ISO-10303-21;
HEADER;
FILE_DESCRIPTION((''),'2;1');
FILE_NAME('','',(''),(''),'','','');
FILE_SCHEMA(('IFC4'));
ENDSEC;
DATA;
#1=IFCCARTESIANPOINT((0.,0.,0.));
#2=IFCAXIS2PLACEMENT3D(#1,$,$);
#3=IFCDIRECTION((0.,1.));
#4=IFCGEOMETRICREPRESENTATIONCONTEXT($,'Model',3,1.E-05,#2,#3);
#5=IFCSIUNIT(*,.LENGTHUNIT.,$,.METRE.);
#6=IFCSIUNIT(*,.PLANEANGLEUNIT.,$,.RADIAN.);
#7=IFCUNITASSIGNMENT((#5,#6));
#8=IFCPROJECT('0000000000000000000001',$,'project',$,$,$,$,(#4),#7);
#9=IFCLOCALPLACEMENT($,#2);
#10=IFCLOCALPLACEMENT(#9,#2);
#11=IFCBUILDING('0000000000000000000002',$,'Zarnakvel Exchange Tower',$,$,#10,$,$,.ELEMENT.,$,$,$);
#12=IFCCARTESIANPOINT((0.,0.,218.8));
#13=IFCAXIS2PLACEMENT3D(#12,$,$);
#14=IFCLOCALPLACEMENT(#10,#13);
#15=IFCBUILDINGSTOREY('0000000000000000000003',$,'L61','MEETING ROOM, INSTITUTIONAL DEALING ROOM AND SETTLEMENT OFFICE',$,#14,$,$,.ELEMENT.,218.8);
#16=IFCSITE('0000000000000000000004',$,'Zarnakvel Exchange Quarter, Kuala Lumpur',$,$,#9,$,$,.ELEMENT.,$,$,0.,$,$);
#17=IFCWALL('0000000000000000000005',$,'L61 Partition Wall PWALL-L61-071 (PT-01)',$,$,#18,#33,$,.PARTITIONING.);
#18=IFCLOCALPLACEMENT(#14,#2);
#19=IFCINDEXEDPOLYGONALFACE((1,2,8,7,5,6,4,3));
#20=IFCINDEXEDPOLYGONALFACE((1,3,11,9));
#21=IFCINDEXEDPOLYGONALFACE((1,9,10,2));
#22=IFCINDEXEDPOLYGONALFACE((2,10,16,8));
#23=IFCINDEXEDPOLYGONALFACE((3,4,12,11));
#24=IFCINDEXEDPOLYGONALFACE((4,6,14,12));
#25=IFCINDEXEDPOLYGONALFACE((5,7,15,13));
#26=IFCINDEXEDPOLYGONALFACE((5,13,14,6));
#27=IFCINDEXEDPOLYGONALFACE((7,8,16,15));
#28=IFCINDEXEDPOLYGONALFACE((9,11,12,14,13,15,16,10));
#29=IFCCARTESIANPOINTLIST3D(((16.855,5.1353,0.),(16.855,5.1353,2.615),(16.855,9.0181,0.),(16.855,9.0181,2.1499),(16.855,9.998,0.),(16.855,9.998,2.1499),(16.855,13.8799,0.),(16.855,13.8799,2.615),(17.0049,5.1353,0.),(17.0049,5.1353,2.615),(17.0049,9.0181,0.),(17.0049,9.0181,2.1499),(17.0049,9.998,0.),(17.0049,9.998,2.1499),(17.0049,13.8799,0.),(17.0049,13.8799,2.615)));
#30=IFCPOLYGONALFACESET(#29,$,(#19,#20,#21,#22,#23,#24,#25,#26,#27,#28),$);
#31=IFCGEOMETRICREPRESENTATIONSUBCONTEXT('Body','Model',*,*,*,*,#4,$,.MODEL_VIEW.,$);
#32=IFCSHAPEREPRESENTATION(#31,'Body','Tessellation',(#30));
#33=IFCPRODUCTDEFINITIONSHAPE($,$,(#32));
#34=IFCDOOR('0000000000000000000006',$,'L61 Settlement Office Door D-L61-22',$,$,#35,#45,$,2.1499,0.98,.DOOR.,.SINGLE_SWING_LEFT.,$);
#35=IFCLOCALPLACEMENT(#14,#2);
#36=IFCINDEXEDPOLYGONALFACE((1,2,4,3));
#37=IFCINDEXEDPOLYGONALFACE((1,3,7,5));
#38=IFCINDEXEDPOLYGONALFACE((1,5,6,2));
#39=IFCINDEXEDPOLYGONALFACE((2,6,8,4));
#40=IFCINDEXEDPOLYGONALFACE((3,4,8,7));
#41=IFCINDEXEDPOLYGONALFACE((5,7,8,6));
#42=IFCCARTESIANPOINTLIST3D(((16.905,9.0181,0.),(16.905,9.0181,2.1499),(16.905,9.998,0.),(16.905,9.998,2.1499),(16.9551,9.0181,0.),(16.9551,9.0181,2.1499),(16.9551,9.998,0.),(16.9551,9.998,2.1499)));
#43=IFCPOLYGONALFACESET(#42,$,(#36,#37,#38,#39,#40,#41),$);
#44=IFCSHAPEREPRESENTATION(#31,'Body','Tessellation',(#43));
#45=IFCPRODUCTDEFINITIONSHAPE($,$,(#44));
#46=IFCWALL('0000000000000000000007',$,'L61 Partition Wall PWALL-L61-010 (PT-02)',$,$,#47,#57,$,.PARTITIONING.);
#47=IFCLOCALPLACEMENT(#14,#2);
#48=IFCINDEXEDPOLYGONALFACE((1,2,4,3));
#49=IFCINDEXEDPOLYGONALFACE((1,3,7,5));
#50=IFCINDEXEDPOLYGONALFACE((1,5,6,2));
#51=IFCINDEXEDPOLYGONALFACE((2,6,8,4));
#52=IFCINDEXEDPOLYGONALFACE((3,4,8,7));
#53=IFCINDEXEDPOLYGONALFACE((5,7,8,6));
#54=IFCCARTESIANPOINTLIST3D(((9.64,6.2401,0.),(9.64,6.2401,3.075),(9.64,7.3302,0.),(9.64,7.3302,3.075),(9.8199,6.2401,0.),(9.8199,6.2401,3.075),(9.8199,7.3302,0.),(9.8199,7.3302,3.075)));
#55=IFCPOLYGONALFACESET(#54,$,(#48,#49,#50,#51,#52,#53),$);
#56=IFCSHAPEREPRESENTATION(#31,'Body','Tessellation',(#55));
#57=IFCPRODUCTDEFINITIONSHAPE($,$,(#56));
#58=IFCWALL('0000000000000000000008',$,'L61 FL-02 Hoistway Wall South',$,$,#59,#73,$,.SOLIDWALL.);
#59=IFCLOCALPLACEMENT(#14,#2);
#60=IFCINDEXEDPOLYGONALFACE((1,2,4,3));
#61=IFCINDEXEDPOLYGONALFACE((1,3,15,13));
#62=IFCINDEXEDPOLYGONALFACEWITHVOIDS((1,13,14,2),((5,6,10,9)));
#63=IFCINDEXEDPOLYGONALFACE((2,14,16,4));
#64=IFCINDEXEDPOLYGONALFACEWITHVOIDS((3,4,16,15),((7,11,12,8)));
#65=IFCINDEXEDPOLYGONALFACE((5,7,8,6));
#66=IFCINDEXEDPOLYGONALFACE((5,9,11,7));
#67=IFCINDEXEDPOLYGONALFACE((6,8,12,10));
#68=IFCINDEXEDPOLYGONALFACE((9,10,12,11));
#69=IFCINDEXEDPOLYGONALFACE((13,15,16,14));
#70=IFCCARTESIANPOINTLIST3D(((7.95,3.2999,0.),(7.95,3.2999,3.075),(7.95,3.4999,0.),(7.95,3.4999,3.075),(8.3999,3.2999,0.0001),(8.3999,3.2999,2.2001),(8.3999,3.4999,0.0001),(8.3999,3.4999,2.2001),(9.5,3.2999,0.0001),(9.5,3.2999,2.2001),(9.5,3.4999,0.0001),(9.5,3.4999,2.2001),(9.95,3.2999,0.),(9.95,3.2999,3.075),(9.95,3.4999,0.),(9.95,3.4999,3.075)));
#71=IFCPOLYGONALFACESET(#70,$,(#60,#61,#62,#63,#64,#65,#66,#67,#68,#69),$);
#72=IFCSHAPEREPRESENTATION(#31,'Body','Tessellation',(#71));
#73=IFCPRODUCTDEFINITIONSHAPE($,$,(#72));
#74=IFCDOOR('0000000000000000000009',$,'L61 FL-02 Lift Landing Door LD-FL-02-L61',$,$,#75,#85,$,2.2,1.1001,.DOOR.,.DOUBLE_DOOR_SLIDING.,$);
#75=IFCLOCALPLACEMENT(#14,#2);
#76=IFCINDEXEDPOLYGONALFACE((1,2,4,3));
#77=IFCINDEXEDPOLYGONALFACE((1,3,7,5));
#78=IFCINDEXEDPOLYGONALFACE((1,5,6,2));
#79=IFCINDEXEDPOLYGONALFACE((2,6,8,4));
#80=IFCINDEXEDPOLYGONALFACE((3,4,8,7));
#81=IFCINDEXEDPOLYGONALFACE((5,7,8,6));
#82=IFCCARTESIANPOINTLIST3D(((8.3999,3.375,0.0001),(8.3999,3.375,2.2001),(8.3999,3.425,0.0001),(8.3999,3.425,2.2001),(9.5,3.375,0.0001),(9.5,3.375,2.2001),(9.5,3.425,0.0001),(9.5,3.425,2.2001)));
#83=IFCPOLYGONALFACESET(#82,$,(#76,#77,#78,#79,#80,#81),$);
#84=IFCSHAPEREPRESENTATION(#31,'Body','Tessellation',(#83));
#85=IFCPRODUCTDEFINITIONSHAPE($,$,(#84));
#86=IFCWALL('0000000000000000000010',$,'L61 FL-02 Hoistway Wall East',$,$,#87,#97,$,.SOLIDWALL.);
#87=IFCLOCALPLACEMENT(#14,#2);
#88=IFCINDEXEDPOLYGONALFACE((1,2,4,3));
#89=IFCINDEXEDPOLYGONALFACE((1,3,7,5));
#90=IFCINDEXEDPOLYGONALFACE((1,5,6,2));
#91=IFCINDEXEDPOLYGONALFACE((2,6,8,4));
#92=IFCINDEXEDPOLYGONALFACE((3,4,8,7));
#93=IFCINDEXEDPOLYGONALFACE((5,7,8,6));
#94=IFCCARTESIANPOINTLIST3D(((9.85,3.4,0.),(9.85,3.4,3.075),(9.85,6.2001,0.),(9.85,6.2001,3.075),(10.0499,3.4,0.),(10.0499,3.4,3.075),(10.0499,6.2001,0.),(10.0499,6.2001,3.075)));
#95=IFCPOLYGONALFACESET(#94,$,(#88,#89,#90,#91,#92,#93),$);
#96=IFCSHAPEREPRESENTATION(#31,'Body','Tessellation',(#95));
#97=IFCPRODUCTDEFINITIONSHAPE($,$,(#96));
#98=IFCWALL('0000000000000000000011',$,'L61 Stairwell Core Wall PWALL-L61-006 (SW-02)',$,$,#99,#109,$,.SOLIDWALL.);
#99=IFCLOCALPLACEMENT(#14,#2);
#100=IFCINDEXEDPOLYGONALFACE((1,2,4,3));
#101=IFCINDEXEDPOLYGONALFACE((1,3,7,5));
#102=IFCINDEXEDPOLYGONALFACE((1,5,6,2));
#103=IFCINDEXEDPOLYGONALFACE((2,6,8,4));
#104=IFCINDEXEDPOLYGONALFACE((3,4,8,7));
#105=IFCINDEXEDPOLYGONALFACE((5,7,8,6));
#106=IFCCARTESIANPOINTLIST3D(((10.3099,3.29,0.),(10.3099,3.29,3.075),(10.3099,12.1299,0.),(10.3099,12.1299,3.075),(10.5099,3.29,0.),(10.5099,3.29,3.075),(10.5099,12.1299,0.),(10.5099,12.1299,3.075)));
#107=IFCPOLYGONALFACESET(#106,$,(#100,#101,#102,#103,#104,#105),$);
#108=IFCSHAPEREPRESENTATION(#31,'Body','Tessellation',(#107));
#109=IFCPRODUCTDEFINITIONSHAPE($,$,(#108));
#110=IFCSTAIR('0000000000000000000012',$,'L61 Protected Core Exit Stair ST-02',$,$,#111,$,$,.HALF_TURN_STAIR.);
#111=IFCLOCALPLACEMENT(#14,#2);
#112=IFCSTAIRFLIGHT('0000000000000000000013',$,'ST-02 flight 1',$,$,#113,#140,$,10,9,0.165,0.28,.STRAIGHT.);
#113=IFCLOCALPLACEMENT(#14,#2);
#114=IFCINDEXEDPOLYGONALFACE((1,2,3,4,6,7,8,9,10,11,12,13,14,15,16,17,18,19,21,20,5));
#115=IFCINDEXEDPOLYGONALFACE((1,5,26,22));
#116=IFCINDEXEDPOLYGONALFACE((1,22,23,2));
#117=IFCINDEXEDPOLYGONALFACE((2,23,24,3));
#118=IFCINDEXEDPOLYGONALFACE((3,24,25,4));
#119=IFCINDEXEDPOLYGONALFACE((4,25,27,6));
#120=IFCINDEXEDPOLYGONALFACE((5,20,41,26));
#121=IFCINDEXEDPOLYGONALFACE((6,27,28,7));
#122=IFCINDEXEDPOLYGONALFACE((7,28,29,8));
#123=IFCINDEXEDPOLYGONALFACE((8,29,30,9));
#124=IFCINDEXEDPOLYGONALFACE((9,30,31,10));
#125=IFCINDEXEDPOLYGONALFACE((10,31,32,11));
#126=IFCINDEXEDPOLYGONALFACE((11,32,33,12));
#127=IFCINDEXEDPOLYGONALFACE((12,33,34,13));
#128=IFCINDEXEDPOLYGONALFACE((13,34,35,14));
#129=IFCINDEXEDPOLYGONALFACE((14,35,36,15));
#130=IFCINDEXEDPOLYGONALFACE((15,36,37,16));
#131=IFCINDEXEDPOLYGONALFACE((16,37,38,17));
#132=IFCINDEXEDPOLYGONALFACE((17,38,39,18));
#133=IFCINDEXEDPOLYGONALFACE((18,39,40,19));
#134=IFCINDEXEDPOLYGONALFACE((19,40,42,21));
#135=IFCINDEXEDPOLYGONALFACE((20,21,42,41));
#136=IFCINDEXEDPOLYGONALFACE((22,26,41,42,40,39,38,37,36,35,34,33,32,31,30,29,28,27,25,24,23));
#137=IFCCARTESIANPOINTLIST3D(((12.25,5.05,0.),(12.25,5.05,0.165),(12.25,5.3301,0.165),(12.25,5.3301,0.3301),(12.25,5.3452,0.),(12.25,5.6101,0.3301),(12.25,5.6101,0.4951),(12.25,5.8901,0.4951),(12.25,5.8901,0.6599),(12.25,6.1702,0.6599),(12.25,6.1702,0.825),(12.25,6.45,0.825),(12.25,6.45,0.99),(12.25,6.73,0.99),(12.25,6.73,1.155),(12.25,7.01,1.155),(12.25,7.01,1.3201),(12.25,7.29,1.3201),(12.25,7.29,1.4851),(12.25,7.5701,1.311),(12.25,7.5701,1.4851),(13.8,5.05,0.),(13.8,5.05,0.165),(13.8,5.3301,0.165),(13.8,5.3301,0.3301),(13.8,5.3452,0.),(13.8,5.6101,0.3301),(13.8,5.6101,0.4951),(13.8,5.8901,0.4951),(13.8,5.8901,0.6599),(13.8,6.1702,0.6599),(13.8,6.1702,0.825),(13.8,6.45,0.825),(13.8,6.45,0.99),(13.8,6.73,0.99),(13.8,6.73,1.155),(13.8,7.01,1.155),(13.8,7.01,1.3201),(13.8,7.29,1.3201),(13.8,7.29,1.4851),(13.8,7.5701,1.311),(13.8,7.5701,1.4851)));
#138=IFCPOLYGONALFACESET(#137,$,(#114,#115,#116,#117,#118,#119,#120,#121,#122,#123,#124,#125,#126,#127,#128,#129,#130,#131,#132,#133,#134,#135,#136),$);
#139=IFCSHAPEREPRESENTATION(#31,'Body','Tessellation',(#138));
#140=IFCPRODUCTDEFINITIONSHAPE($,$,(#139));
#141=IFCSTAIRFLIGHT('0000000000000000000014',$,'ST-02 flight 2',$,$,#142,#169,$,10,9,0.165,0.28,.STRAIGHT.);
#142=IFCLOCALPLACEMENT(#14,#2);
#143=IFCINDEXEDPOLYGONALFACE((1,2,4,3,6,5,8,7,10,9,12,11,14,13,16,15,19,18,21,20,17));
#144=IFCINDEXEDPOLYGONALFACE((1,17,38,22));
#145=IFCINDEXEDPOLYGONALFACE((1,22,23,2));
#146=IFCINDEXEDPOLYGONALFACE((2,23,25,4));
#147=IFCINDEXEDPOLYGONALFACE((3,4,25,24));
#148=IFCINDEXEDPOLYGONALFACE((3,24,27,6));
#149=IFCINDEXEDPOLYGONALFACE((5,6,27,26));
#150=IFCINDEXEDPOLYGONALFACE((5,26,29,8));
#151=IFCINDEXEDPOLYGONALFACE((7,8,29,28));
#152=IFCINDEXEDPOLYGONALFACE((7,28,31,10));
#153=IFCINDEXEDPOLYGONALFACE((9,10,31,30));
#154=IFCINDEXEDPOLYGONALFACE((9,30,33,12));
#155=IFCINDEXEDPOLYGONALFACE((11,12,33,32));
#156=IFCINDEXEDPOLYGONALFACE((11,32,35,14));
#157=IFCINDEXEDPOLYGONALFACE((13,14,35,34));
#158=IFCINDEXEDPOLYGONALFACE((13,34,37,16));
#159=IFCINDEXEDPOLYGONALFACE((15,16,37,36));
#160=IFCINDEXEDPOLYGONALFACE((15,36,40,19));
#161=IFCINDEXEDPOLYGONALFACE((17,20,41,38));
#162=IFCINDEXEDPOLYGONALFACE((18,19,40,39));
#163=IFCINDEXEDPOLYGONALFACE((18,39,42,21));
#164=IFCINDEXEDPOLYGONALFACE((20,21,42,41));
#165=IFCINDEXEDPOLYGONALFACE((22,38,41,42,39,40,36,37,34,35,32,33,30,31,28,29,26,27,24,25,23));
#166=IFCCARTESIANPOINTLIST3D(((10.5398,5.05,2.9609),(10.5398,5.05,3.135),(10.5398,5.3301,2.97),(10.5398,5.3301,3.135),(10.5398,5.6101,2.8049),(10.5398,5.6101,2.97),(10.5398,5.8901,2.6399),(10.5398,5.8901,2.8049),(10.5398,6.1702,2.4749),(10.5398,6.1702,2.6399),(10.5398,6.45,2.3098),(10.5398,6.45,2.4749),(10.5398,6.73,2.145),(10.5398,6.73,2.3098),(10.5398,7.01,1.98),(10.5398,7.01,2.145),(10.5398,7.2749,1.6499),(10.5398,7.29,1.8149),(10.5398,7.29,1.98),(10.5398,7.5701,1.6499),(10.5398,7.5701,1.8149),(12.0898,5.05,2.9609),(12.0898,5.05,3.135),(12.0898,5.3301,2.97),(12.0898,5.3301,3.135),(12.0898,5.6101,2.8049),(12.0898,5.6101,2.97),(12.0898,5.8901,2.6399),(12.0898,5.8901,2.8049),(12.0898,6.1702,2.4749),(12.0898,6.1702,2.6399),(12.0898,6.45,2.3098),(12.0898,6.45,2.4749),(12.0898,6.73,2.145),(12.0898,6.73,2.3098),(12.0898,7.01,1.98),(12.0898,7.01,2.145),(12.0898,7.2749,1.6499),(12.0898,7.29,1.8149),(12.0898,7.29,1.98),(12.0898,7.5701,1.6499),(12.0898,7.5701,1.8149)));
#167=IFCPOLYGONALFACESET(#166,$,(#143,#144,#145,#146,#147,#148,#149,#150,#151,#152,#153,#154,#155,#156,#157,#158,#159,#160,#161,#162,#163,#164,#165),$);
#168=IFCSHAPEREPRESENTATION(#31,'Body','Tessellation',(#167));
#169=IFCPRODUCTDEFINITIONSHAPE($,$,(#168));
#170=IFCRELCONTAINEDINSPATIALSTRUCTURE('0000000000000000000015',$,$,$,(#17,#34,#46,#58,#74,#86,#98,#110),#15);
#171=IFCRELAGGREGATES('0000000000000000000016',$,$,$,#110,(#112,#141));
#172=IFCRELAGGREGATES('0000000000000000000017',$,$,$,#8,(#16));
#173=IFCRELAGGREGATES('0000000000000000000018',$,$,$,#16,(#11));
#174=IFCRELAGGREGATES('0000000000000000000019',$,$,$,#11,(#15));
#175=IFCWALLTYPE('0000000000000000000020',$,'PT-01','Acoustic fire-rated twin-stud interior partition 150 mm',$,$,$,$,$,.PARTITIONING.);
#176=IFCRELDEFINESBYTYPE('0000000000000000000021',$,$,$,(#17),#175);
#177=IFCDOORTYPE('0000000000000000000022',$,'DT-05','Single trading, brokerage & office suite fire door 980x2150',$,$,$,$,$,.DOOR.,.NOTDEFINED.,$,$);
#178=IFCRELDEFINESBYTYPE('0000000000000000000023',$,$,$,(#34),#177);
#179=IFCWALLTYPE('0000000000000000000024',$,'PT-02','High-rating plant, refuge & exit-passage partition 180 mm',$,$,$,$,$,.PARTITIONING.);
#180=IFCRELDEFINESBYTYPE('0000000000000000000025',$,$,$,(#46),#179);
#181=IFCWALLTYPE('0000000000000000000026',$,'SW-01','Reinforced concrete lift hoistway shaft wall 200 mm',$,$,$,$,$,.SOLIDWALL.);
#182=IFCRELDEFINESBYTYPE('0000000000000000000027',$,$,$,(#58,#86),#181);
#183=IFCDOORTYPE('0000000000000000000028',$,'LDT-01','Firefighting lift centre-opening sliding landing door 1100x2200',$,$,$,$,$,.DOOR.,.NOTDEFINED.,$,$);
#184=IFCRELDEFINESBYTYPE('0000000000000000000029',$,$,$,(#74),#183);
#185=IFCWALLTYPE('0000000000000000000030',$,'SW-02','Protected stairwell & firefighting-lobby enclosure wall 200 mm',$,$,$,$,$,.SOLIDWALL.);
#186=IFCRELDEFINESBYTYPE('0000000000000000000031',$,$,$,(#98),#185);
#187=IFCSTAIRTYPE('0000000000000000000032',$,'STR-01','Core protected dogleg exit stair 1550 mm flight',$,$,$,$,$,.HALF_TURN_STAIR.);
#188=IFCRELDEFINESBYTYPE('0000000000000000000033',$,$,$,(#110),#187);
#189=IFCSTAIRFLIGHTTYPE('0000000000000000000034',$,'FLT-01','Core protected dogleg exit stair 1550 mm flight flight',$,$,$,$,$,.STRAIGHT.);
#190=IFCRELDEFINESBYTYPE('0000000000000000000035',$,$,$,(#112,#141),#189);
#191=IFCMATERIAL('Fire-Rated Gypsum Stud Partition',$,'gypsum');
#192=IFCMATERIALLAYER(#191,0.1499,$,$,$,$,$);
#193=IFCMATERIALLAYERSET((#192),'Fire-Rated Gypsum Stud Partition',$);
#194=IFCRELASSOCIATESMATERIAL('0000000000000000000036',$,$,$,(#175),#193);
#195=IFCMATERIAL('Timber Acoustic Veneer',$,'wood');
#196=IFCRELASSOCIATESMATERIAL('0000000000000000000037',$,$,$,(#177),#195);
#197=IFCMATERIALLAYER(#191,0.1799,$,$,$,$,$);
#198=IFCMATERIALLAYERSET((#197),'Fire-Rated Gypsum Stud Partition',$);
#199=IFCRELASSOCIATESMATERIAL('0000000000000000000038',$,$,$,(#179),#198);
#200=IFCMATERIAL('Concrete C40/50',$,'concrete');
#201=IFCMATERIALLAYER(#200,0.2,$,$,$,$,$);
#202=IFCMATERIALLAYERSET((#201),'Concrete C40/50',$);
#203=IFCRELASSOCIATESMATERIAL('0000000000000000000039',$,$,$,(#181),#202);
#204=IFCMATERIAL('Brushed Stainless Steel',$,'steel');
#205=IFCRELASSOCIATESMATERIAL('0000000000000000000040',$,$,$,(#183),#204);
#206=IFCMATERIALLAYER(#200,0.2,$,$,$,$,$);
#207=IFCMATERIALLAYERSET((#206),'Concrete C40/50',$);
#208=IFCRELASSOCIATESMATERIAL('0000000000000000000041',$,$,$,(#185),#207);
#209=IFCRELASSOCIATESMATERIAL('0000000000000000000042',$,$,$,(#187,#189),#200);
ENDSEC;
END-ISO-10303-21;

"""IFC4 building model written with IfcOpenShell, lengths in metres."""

from ifc_helpers import new_model, si_unit, direction, frame, frame_2d, origin, place, context, subcontext, project, spatial, polyline, rectangle, outline, extrude, source, transform, mapped, material, layer, layer_set, type_object, element, fill, aggregate, save


model = new_model("IFC4")

# Units and contexts
model_context = context("Model", 3, precision=1e-05, world=origin(), true_north=direction((0.0, 1.0)))
body_context = subcontext(model_context, "Body", "Model", "MODEL_VIEW")
ifc_project = project(units=[si_unit("LENGTHUNIT", "METRE"), si_unit("PLANEANGLEUNIT", "RADIAN")], contexts=[model_context])

# Site, building, storey
site_placement = place(None, origin())
site = spatial("IfcSite", under=ifc_project, at=site_placement, Name="Zarnakvel Exchange Quarter, Kuala Lumpur", CompositionType="ELEMENT", RefElevation=0.0)
building_placement = place(site_placement, origin())
building = spatial("IfcBuilding", under=site, at=building_placement, Name="Zarnakvel Exchange Tower", CompositionType="ELEMENT")
storey_placement = place(building_placement, frame((0.0, 0.0, 218.8)))
storey = spatial("IfcBuildingStorey", under=building, at=storey_placement, Name="L61", Description="MEETING ROOM, INSTITUTIONAL DEALING ROOM AND SETTLEMENT OFFICE", CompositionType="ELEMENT", Elevation=218.8)

# Shared definitions
ifc_material_1 = material(Name="Fire-Rated Gypsum Stud Partition", Category="gypsum")
ifc_layer_1 = layer(ifc_material_1, 0.1499)
ifc_layer_set_1 = layer_set([ifc_layer_1], Name="Fire-Rated Gypsum Stud Partition")
wall_type_1 = type_object("IfcWallType", Name="PT-01", Description="Acoustic fire-rated twin-stud interior partition 150 mm", PredefinedType="PARTITIONING", material=ifc_layer_set_1)

# Wall, opening, door
wall_1_placement = place(storey_placement, frame((16.9299, 5.1353, 0.0), z_axis=(0.0, 0.0, 1.0), x_axis=(0.0, 1.0, 0.0)))
wall_1 = element("IfcWall", 1, at=wall_1_placement, inside=storey, type_object=wall_type_1, Name="L61 Partition Wall PWALL-L61-071 (PT-01)", PredefinedType="PARTITIONING", context=body_context, shape_type="SweptSolid", body=[
    extrude(rectangle(XDim=8.7446, YDim=0.1499, at=frame_2d((4.3723, 0.0))), origin(), (0.0, 0.0, 1.0), 2.615),
])
opening_1_placement = place(wall_1_placement, frame((3.8828, 0.0, 0.0)))
opening_1 = element("IfcOpeningElement", 2, at=opening_1_placement, cuts=wall_1, PredefinedType="OPENING", context=body_context, shape_type="SweptSolid", body=[
    extrude(rectangle(XDim=0.98, YDim=2.1499, at=frame_2d((0.49, 1.075))), frame((0.0, 0.085, 0.0), z_axis=(0.0, -1.0, 0.0), x_axis=(1.0, 0.0, 0.0)), (0.0, 0.0, 1.0), 0.1699),
])
ifc_material_2 = material(Name="Timber Acoustic Veneer", Category="wood")
door_type_1 = type_object("IfcDoorType", Name="DT-05", Description="Single trading, brokerage & office suite fire door 980x2150", OperationType="NOTDEFINED", PredefinedType="DOOR", material=ifc_material_2)
shared_shape_1 = source(origin(), body_context, "Body", "SweptSolid", [
    extrude(rectangle(XDim=0.98, YDim=2.1499, at=frame_2d((0.49, 1.075))), frame((0.0, 0.0249, 0.0), z_axis=(0.0, -1.0, 0.0), x_axis=(1.0, 0.0, 0.0)), (0.0, 0.0, 1.0), 0.05),
])
door_1_placement = place(opening_1_placement, origin())
door_1 = element("IfcDoor", 3, at=door_1_placement, inside=storey, type_object=door_type_1, Name="L61 Settlement Office Door D-L61-22", OperationType="SINGLE_SWING_LEFT", OverallHeight=2.1499, OverallWidth=0.98, PredefinedType="DOOR", context=body_context, shape_type="MappedRepresentation", body=[
    mapped(shared_shape_1, transform((0.0, 0.0, 0.0), x_axis=(1.0, 0.0, 0.0), y_axis=(0.0, 1.0, 0.0), z_axis=(0.0, 0.0, 1.0), scale=1.0)),
])
fill(opening_1, door_1)

# Wall
ifc_layer_2 = layer(ifc_material_1, 0.1799)
ifc_layer_set_2 = layer_set([ifc_layer_2], Name="Fire-Rated Gypsum Stud Partition")
wall_type_2 = type_object("IfcWallType", Name="PT-02", Description="High-rating plant, refuge & exit-passage partition 180 mm", PredefinedType="PARTITIONING", material=ifc_layer_set_2)
wall_2_placement = place(storey_placement, frame((9.73, 7.3301, 0.0), z_axis=(0.0, 0.0, 1.0), x_axis=(0.0, -1.0, 0.0)))
element("IfcWall", 4, at=wall_2_placement, inside=storey, type_object=wall_type_2, Name="L61 Partition Wall PWALL-L61-010 (PT-02)", PredefinedType="PARTITIONING", context=body_context, shape_type="SweptSolid", body=[
    extrude(rectangle(XDim=1.0901, YDim=0.1799, at=frame_2d((0.5449, 0.0))), origin(), (0.0, 0.0, 1.0), 3.075),
])

# Wall, opening, door
ifc_material_3 = material(Name="Concrete C40/50", Category="concrete")
ifc_layer_3 = layer(ifc_material_3, 0.2)
ifc_layer_set_3 = layer_set([ifc_layer_3], Name="Concrete C40/50")
wall_type_3 = type_object("IfcWallType", Name="SW-01", Description="Reinforced concrete lift hoistway shaft wall 200 mm", PredefinedType="SOLIDWALL", material=ifc_layer_set_3)
wall_3_placement = place(storey_placement, frame((9.95, 3.3999, 0.0), z_axis=(0.0, 0.0, 1.0), x_axis=(-1.0, 0.0, 0.0)))
wall_3 = element("IfcWall", 5, at=wall_3_placement, inside=storey, type_object=wall_type_3, Name="L61 FL-02 Hoistway Wall South", PredefinedType="SOLIDWALL", context=body_context, shape_type="SweptSolid", body=[
    extrude(rectangle(XDim=2.0, YDim=0.2, at=frame_2d((1.0, 0.0))), origin(), (0.0, 0.0, 1.0), 3.075),
])
opening_2_placement = place(wall_3_placement, frame((0.45, 0.0, 0.0)))
opening_2 = element("IfcOpeningElement", 6, at=opening_2_placement, cuts=wall_3, PredefinedType="OPENING", context=body_context, shape_type="SweptSolid", body=[
    extrude(rectangle(XDim=1.1001, YDim=2.2, at=frame_2d((0.55, 1.1001))), frame((0.0, 0.1099, 0.0), z_axis=(0.0, -1.0, 0.0), x_axis=(1.0, 0.0, 0.0)), (0.0, 0.0, 1.0), 0.22),
])
ifc_material_4 = material(Name="Brushed Stainless Steel", Category="steel")
door_type_2 = type_object("IfcDoorType", Name="LDT-01", Description="Firefighting lift centre-opening sliding landing door 1100x2200", OperationType="NOTDEFINED", PredefinedType="DOOR", material=ifc_material_4)
shared_shape_2 = source(origin(), body_context, "Body", "SweptSolid", [
    extrude(rectangle(XDim=1.1001, YDim=2.2, at=frame_2d((0.55, 1.1001))), frame((0.0, 0.0249, 0.0), z_axis=(0.0, -1.0, 0.0), x_axis=(1.0, 0.0, 0.0)), (0.0, 0.0, 1.0), 0.05),
])
door_2_placement = place(opening_2_placement, origin())
door_2 = element("IfcDoor", 7, at=door_2_placement, inside=storey, type_object=door_type_2, Name="L61 FL-02 Lift Landing Door LD-FL-02-L61", OperationType="DOUBLE_DOOR_SLIDING", OverallHeight=2.2, OverallWidth=1.1001, PredefinedType="DOOR", context=body_context, shape_type="MappedRepresentation", body=[
    mapped(shared_shape_2, transform((0.0, 0.0, 0.0), x_axis=(1.0, 0.0, 0.0), y_axis=(0.0, 1.0, 0.0), z_axis=(0.0, 0.0, 1.0), scale=1.0)),
])
fill(opening_2, door_2)

# Wall
wall_4_placement = place(storey_placement, frame((9.95, 6.2, 0.0), z_axis=(0.0, 0.0, 1.0), x_axis=(0.0, -1.0, 0.0)))
element("IfcWall", 8, at=wall_4_placement, inside=storey, type_object=wall_type_3, Name="L61 FL-02 Hoistway Wall East", PredefinedType="SOLIDWALL", context=body_context, shape_type="SweptSolid", body=[
    extrude(rectangle(XDim=2.8, YDim=0.2, at=frame_2d((1.3999, 0.0))), origin(), (0.0, 0.0, 1.0), 3.075),
])

# Shared definitions
ifc_layer_4 = layer(ifc_material_3, 0.2)
ifc_layer_set_4 = layer_set([ifc_layer_4], Name="Concrete C40/50")
wall_type_4 = type_object("IfcWallType", Name="SW-02", Description="Protected stairwell & firefighting-lobby enclosure wall 200 mm", PredefinedType="SOLIDWALL", material=ifc_layer_set_4)

# Wall
wall_5_placement = place(storey_placement, frame((10.4099, 3.29, 0.0), z_axis=(0.0, 0.0, 1.0), x_axis=(0.0, 1.0, 0.0)))
element("IfcWall", 9, at=wall_5_placement, inside=storey, type_object=wall_type_4, Name="L61 Stairwell Core Wall PWALL-L61-006 (SW-02)", PredefinedType="SOLIDWALL", context=body_context, shape_type="SweptSolid", body=[
    extrude(rectangle(XDim=8.8398, YDim=0.2, at=frame_2d((4.4199, 0.0))), origin(), (0.0, 0.0, 1.0), 3.075),
])

# Stair, stair flights
stair_type = type_object("IfcStairType", Name="STR-01", Description="Core protected dogleg exit stair 1550 mm flight", PredefinedType="HALF_TURN_STAIR", material=ifc_material_3)
stair_placement = place(storey_placement, origin())
stair = element("IfcStair", 10, at=stair_placement, inside=storey, type_object=stair_type, Name="L61 Protected Core Exit Stair ST-02", PredefinedType="HALF_TURN_STAIR")
stair_flight_type = type_object("IfcStairFlightType", Name="FLT-01", Description="Core protected dogleg exit stair 1550 mm flight flight", PredefinedType="STRAIGHT", material=ifc_material_3)
stair_flight_1_placement = place(storey_placement, frame((13.0249, 5.05, 0.0), z_axis=(0.0, 0.0, 1.0), x_axis=(0.0, 1.0, 0.0)))
stair_flight_1 = element("IfcStairFlight", 11, at=stair_flight_1_placement, type_object=stair_flight_type, Name="ST-02 flight 1", NumberOfRisers=10, NumberOfTreads=9, PredefinedType="STRAIGHT", RiserHeight=0.165, TreadLength=0.28, context=body_context, shape_type="SweptSolid", body=[
    extrude(outline(polyline([(0.0, 0.0), (0.0, 0.165), (0.28, 0.165), (0.28, 0.3301), (0.5601, 0.3301), (0.5601, 0.4951), (0.8401, 0.4951), (0.8401, 0.6599), (1.1201, 0.6599), (1.1201, 0.825), (1.3999, 0.825), (1.3999, 0.99), (1.6799, 0.99), (1.6799, 1.155), (1.96, 1.155), (1.96, 1.3201), (2.24, 1.3201), (2.24, 1.4851), (2.52, 1.4851), (2.52, 1.6499), (2.52, 1.311), (0.2952, 0.0), (0.0, 0.0)])), frame((0.0, 0.7749, 0.0), z_axis=(0.0, -1.0, 0.0), x_axis=(1.0, 0.0, 0.0)), (0.0, 0.0, 1.0), 1.55),
])
stair_flight_2_placement = place(storey_placement, frame((11.3149, 7.5701, 1.6499), z_axis=(0.0, 0.0, 1.0), x_axis=(0.0, -1.0, 0.0)))
stair_flight_2 = element("IfcStairFlight", 12, at=stair_flight_2_placement, type_object=stair_flight_type, Name="ST-02 flight 2", NumberOfRisers=10, NumberOfTreads=9, PredefinedType="STRAIGHT", RiserHeight=0.165, TreadLength=0.28, context=body_context, shape_type="SweptSolid", body=[
    extrude(outline(polyline([(0.0, 0.0), (0.0, 0.165), (0.28, 0.165), (0.28, 0.3301), (0.5601, 0.3301), (0.5601, 0.4951), (0.8401, 0.4951), (0.8401, 0.6599), (1.1201, 0.6599), (1.1201, 0.825), (1.3999, 0.825), (1.3999, 0.99), (1.6799, 0.99), (1.6799, 1.155), (1.96, 1.155), (1.96, 1.3201), (2.24, 1.3201), (2.24, 1.4851), (2.52, 1.4851), (2.52, 1.6499), (2.52, 1.311), (0.2952, 0.0), (0.0, 0.0)])), frame((0.0, 0.7749, 0.0), z_axis=(0.0, -1.0, 0.0), x_axis=(1.0, 0.0, 0.0)), (0.0, 0.0, 1.0), 1.55),
])
aggregate(stair, [stair_flight_1, stair_flight_2])

save(model, "model.ifc")
